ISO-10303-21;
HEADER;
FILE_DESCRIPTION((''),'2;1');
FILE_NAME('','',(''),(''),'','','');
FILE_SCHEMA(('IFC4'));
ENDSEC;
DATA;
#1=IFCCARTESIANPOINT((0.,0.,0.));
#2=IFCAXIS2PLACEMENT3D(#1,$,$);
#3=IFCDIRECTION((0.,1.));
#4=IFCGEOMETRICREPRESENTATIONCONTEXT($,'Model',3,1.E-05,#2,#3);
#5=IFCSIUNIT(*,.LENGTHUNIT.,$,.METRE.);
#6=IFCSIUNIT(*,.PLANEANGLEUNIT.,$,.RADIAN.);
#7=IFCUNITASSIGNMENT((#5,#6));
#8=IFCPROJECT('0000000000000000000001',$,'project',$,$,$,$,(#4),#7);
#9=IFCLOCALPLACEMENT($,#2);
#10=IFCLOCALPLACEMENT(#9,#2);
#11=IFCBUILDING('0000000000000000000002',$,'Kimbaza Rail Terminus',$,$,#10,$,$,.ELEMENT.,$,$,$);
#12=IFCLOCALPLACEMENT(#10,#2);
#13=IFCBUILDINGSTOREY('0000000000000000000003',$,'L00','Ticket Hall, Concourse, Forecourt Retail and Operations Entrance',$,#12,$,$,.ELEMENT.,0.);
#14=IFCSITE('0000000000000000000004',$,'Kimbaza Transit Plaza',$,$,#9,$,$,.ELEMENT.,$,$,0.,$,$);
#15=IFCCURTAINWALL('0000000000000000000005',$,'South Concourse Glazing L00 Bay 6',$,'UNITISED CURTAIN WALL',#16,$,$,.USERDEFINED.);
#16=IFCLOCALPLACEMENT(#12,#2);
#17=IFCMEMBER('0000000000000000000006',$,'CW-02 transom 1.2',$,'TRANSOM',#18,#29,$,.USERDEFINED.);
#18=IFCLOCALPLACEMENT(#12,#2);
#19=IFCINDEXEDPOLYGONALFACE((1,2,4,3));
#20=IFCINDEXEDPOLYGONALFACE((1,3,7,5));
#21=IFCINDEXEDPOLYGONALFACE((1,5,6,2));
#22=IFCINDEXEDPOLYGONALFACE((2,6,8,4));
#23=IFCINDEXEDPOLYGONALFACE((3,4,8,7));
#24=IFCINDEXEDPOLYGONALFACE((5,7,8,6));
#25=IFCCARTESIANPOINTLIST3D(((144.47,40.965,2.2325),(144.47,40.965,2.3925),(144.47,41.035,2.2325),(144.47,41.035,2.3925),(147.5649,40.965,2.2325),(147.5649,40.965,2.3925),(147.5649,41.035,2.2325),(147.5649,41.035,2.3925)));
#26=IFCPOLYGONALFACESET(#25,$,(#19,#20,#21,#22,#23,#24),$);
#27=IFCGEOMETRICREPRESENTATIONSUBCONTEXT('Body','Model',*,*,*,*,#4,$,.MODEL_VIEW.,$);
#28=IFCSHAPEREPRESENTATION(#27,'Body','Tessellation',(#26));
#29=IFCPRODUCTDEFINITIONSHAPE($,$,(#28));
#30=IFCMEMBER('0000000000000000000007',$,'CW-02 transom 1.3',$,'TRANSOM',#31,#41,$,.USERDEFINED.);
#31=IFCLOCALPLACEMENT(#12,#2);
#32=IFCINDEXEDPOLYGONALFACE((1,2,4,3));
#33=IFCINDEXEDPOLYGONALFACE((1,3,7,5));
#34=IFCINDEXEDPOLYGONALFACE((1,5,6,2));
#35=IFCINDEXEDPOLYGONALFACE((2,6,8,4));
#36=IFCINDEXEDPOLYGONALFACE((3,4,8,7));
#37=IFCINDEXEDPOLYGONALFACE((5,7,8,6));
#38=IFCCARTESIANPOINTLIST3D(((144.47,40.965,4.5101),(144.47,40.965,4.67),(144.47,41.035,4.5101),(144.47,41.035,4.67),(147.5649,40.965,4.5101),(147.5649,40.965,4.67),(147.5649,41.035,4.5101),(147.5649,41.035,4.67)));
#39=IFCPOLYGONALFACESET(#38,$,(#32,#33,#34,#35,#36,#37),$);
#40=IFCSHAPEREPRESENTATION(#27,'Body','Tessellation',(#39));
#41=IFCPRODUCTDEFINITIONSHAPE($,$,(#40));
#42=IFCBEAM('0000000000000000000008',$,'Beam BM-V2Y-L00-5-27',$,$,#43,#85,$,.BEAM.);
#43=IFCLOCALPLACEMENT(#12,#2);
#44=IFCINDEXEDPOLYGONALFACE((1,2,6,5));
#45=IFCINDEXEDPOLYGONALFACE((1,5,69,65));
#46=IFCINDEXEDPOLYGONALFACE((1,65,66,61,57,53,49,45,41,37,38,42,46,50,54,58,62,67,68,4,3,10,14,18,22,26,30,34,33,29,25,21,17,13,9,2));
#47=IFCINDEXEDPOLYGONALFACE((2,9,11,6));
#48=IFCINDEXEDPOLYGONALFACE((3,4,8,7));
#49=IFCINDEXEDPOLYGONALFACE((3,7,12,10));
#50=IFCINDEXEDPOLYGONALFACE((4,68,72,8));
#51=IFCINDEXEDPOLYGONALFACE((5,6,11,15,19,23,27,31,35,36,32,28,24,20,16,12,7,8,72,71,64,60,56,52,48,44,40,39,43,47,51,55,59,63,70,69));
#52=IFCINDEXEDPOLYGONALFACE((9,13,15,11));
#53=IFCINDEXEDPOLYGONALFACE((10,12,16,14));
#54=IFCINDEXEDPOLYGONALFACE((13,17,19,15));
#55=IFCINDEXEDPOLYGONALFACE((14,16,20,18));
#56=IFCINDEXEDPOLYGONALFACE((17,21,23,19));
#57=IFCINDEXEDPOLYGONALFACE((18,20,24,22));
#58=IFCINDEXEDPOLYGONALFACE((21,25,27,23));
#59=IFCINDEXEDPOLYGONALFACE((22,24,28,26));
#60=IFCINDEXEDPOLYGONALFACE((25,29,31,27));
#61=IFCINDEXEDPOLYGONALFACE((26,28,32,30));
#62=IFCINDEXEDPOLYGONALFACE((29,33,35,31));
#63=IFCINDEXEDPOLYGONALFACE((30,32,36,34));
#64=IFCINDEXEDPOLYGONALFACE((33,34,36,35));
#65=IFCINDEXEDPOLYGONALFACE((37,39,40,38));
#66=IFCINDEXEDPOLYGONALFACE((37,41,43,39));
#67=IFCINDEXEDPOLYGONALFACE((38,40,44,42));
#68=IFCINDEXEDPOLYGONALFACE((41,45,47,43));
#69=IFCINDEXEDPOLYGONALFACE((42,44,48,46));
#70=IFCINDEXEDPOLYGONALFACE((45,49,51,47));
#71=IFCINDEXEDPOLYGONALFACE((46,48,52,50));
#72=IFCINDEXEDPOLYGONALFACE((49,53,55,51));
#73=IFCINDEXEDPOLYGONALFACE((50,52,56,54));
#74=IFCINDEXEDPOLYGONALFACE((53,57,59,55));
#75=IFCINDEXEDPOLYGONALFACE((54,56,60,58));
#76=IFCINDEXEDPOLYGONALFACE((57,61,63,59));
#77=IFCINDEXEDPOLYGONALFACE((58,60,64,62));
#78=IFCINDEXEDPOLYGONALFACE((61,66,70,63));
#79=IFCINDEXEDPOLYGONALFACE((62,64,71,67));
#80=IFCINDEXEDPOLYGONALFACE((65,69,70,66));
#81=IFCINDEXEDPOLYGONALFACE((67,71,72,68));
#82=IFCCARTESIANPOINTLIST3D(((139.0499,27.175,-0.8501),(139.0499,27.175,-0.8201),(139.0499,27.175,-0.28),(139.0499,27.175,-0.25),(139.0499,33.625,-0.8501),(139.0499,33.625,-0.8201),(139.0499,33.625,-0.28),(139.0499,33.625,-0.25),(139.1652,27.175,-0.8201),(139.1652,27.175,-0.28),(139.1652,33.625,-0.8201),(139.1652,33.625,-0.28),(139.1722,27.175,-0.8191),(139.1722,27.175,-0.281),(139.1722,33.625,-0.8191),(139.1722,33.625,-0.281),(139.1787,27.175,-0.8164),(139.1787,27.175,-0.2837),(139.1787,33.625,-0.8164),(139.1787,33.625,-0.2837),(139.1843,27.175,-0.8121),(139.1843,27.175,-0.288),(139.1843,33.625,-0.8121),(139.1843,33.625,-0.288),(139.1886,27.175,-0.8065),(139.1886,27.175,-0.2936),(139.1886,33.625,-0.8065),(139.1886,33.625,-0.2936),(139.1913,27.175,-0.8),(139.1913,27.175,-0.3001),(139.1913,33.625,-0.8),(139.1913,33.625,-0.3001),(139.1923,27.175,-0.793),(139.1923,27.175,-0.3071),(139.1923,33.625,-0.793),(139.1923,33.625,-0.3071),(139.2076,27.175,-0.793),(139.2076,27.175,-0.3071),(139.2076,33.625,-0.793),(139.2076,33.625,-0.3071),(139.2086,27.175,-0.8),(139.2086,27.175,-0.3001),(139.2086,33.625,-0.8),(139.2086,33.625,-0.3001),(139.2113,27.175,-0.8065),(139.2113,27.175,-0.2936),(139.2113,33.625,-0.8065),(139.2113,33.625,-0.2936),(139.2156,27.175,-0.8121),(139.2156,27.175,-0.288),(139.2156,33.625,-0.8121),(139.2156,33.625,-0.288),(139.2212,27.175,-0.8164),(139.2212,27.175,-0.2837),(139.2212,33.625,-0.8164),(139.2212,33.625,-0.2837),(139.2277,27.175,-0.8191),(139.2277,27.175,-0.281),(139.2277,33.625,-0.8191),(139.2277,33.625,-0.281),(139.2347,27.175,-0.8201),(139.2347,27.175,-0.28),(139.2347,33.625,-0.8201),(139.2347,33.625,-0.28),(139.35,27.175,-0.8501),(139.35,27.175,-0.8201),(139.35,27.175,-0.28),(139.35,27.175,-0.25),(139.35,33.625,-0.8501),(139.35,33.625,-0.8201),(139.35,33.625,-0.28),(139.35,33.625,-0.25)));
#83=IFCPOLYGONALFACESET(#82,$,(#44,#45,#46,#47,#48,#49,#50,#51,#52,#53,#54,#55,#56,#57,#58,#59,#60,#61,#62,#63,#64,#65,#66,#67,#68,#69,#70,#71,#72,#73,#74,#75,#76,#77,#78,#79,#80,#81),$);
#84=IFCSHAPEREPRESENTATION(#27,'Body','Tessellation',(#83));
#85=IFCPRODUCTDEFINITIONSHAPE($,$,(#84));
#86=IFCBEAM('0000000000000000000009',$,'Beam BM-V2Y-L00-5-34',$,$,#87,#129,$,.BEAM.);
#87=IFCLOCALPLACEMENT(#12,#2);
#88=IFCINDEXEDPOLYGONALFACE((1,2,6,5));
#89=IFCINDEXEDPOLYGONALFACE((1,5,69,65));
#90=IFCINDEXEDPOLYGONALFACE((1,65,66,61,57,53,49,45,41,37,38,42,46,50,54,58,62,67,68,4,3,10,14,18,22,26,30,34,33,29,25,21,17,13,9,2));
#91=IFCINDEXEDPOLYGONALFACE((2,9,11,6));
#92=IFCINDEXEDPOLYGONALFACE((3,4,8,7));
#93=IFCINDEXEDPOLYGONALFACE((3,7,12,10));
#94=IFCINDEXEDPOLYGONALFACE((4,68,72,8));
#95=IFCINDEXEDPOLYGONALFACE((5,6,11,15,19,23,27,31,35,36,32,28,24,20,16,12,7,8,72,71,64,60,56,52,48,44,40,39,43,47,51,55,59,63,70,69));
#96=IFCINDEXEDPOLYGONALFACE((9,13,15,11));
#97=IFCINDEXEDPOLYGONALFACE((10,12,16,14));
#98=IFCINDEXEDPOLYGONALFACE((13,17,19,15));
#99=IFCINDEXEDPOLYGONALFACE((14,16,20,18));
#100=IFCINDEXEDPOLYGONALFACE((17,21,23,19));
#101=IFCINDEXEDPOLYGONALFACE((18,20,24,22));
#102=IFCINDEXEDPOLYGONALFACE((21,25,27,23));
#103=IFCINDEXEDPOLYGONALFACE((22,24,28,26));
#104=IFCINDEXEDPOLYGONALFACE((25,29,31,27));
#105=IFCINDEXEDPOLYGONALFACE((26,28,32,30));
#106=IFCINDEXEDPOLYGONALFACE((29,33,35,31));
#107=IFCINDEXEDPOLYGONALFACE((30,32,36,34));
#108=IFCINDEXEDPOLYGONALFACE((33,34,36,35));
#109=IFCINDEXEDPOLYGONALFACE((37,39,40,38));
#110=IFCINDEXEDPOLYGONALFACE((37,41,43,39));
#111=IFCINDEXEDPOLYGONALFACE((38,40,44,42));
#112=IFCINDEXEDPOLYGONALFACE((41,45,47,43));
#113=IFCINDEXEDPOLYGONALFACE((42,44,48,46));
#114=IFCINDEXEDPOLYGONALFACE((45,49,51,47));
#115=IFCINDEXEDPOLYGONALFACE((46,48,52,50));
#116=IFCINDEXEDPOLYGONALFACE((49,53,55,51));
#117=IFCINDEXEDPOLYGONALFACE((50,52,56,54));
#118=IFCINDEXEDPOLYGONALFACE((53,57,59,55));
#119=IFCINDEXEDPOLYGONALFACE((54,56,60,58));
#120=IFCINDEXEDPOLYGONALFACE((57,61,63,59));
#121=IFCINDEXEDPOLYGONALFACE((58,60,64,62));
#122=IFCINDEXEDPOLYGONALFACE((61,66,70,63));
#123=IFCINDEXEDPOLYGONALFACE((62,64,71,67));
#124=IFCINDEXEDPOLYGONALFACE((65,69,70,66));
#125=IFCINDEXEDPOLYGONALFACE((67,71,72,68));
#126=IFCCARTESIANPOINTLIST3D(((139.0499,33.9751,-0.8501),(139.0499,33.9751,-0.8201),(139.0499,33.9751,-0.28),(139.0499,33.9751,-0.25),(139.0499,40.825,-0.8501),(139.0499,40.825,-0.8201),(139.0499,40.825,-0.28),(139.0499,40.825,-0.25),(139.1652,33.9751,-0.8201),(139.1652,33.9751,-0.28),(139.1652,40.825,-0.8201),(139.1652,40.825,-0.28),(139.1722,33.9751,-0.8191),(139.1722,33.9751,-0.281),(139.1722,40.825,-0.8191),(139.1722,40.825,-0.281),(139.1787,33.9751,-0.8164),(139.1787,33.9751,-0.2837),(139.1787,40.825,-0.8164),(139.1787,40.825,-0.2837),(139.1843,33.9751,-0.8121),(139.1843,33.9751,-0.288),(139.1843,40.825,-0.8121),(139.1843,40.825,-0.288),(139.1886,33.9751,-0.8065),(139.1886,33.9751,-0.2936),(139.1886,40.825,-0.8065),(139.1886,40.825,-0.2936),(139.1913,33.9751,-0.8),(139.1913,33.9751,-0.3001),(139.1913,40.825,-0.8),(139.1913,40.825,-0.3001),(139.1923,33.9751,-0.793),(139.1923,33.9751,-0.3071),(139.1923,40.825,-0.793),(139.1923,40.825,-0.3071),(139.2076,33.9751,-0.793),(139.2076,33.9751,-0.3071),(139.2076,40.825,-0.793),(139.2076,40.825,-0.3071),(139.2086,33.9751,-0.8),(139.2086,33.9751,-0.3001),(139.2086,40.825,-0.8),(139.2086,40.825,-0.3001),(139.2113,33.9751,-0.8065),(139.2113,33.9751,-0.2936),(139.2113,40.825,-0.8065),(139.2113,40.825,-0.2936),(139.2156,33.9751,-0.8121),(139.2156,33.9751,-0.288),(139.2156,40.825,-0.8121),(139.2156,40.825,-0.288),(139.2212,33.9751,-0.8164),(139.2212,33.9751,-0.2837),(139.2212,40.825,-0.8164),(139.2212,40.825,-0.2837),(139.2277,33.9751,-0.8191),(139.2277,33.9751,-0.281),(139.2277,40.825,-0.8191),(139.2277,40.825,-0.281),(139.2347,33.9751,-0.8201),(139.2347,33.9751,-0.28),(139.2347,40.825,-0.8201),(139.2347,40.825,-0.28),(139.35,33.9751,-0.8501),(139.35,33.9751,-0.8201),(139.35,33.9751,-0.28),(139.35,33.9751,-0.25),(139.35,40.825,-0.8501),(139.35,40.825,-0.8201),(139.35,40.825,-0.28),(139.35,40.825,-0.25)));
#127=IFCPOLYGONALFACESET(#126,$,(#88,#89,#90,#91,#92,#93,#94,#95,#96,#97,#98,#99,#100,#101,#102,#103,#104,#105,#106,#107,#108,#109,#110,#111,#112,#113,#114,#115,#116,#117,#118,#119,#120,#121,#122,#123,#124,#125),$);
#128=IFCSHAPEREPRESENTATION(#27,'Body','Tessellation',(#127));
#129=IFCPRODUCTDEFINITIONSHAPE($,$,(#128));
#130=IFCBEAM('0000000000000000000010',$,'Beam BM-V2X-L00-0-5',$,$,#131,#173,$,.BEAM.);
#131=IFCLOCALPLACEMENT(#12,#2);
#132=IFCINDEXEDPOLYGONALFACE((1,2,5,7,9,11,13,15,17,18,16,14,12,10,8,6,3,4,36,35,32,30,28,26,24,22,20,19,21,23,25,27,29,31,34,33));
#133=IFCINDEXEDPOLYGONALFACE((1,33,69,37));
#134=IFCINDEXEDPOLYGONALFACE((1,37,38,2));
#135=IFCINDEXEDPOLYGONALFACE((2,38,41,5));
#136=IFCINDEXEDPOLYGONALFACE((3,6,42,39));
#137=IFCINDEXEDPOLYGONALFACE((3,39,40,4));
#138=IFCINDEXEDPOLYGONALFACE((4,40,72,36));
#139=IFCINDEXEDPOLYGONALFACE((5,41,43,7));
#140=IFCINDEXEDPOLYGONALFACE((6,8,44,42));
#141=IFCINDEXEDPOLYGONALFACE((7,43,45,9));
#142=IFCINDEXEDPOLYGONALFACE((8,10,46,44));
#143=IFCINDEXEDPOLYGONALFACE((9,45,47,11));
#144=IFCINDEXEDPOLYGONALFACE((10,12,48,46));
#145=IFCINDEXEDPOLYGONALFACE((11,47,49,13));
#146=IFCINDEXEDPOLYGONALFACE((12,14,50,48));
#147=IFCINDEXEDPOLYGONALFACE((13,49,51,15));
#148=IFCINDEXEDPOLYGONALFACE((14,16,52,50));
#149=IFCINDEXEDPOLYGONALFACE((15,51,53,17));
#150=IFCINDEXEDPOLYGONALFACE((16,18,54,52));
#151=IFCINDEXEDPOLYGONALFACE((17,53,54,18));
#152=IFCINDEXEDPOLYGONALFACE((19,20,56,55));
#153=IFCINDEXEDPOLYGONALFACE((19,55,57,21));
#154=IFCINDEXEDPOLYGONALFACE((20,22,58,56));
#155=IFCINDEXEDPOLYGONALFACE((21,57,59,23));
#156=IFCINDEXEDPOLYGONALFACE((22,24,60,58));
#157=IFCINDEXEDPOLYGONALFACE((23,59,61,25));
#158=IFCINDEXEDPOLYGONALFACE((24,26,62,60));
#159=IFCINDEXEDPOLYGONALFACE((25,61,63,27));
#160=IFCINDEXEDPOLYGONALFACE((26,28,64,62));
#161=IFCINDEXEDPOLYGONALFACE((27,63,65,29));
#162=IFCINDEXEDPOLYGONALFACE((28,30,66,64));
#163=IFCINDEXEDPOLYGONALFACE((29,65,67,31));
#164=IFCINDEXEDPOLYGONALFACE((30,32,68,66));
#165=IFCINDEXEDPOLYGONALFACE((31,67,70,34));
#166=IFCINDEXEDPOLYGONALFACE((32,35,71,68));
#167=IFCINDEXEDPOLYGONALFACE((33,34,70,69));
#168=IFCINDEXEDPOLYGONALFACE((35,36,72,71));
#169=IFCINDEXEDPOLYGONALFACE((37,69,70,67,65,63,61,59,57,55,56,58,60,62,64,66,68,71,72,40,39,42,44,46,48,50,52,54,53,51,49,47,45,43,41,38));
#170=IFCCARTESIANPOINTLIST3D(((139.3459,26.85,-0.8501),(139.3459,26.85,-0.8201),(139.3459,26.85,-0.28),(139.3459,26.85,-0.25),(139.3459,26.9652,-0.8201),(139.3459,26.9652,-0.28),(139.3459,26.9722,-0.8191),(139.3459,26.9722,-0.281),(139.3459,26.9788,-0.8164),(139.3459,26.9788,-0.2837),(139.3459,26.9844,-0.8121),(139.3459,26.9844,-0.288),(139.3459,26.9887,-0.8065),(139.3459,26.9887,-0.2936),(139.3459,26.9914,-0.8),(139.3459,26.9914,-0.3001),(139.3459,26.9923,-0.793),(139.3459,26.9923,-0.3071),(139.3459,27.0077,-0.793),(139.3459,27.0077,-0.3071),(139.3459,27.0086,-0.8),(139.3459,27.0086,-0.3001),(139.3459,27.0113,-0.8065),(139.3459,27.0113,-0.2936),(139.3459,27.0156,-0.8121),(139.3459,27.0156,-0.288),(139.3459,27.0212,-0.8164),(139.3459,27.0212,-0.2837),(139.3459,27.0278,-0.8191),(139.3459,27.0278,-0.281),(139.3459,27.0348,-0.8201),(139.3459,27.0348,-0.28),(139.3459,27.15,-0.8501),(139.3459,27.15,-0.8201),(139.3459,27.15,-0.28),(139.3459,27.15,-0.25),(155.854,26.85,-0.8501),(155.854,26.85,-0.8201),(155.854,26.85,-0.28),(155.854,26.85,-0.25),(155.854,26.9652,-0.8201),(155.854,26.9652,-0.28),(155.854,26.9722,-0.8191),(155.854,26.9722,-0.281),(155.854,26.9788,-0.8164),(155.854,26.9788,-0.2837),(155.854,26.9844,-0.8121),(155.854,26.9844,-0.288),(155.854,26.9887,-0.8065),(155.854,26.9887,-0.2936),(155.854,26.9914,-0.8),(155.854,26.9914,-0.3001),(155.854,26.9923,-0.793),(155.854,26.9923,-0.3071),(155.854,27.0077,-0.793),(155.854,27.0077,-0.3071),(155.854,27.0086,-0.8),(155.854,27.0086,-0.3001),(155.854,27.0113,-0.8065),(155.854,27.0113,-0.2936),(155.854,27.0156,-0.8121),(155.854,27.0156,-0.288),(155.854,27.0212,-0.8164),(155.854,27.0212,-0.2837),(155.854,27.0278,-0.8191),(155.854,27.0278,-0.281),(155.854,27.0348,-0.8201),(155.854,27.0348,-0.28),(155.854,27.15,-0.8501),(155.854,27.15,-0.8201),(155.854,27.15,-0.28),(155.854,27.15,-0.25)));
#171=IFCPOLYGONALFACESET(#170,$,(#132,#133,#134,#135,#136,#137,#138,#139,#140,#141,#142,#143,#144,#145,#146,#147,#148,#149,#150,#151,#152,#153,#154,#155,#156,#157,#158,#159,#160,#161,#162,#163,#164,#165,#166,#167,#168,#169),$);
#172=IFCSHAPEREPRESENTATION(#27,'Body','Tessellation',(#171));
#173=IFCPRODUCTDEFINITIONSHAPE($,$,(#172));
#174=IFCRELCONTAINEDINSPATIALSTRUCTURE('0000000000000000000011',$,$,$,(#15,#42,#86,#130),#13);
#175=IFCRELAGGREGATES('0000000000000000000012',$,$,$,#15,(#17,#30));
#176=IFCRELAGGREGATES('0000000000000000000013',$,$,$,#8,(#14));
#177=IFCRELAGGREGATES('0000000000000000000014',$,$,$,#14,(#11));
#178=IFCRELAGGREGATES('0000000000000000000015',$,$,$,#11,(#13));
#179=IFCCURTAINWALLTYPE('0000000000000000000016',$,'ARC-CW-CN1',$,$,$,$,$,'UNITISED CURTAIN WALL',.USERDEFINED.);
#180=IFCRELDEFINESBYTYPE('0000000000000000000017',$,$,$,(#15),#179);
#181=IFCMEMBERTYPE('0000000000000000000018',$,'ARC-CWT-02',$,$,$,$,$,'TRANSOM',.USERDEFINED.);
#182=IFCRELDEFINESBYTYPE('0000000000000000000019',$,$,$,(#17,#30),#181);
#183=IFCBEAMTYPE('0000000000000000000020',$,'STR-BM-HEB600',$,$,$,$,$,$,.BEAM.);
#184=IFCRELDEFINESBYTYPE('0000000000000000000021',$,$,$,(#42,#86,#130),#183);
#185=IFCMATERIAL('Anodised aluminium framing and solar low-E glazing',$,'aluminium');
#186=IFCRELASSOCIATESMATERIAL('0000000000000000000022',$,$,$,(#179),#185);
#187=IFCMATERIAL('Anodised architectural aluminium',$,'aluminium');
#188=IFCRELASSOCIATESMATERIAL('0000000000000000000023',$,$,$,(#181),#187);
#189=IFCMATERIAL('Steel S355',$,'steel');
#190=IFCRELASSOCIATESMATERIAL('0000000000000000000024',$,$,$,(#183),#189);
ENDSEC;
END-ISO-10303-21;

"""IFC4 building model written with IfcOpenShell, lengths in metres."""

from ifc_helpers import new_model, si_unit, direction, frame, origin, origin_2d, place, context, subcontext, project, spatial, rectangle, i_section, extrude, material, material_profile, profile_set, type_object, element, aggregate, save


model = new_model("IFC4")

# Units and contexts
model_context = context("Model", 3, precision=1e-05, world=origin(), true_north=direction((0.0, 1.0)))
body_context = subcontext(model_context, "Body", "Model", "MODEL_VIEW")
ifc_project = project(units=[si_unit("LENGTHUNIT", "METRE"), si_unit("PLANEANGLEUNIT", "RADIAN")], contexts=[model_context])

# Site, building, storey
site_placement = place(None, origin())
site = spatial("IfcSite", under=ifc_project, at=site_placement, Name="Kimbaza Transit Plaza", CompositionType="ELEMENT", RefElevation=0.0)
building_placement = place(site_placement, origin())
building = spatial("IfcBuilding", under=site, at=building_placement, Name="Kimbaza Rail Terminus", CompositionType="ELEMENT")
storey_placement = place(building_placement, origin())
storey = spatial("IfcBuildingStorey", under=building, at=storey_placement, Name="L00", Description="Ticket Hall, Concourse, Forecourt Retail and Operations Entrance", CompositionType="ELEMENT", Elevation=0.0)

# Shared definitions
ifc_material_1 = material(Name="Anodised aluminium framing and solar low-E glazing", Category="aluminium")
curtain_wall_type = type_object("IfcCurtainWallType", Name="ARC-CW-CN1", ElementType="UNITISED CURTAIN WALL", PredefinedType="USERDEFINED", material=ifc_material_1)

# Curtain wall
curtain_wall_1_placement = place(storey_placement, origin())
curtain_wall_1 = element("IfcCurtainWall", 1, at=curtain_wall_1_placement, inside=storey, type_object=curtain_wall_type, Name="South Concourse Glazing L00 Bay 6", ObjectType="UNITISED CURTAIN WALL", PredefinedType="USERDEFINED")

# Members
ifc_material_2 = material(Name="Anodised architectural aluminium", Category="aluminium")
ifc_material_profile_1 = material_profile(ifc_material_2, rectangle(XDim=0.0701, YDim=0.1599, at=origin_2d()), Name="TRANSOM 70x160")
ifc_profile_set_1 = profile_set([ifc_material_profile_1], Name="Anodised architectural aluminium")
member_type_1 = type_object("IfcMemberType", Name="ARC-CWT-02", ElementType="TRANSOM", PredefinedType="USERDEFINED", material=ifc_profile_set_1)
member_1_placement = place(storey_placement, frame((144.47, 41.0, 2.3125), z_axis=(1.0, 0.0, 0.0), x_axis=(0.0, 1.0, 0.0)))
member_1 = element("IfcMember", 2, at=member_1_placement, type_object=member_type_1, Name="CW-02 transom 1.2", ObjectType="TRANSOM", PredefinedType="USERDEFINED", context=body_context, shape_type="SweptSolid", body=[
    extrude(rectangle(XDim=0.0701, YDim=0.1599, at=origin_2d()), origin(), (0.0, 0.0, 1.0), 3.095),
])
member_2_placement = place(storey_placement, frame((144.47, 41.0, 4.5901), z_axis=(1.0, 0.0, 0.0), x_axis=(0.0, 1.0, 0.0)))
member_2 = element("IfcMember", 3, at=member_2_placement, type_object=member_type_1, Name="CW-02 transom 1.3", ObjectType="TRANSOM", PredefinedType="USERDEFINED", context=body_context, shape_type="SweptSolid", body=[
    extrude(rectangle(XDim=0.0701, YDim=0.1599, at=origin_2d()), origin(), (0.0, 0.0, 1.0), 3.095),
])

# Beams
ifc_material_3 = material(Name="Steel S355", Category="steel")
ifc_material_profile_2 = material_profile(ifc_material_3, i_section(OverallWidth=0.3, OverallDepth=0.6001, WebThickness=0.0154, FlangeThickness=0.03, FilletRadius=0.0271, at=origin_2d()), Name="HEB 600")
ifc_profile_set_2 = profile_set([ifc_material_profile_2], Name="Steel S355")
beam_type_1 = type_object("IfcBeamType", Name="STR-BM-HEB600", PredefinedType="BEAM", material=ifc_profile_set_2)
beam_1_placement = place(storey_placement, frame((139.2, 27.175, -0.55), z_axis=(0.0, 1.0, 0.0), x_axis=(-1.0, 0.0, 0.0)))
element("IfcBeam", 4, at=beam_1_placement, inside=storey, type_object=beam_type_1, Name="Beam BM-V2Y-L00-5-27", PredefinedType="BEAM", context=body_context, shape_type="SweptSolid", body=[
    extrude(i_section(OverallWidth=0.3, OverallDepth=0.6001, WebThickness=0.0154, FlangeThickness=0.03, FilletRadius=0.0271, at=origin_2d()), origin(), (0.0, 0.0, 1.0), 6.45),
])
beam_2_placement = place(storey_placement, frame((139.2, 33.9751, -0.55), z_axis=(0.0, 1.0, 0.0), x_axis=(-1.0, 0.0, 0.0)))
element("IfcBeam", 5, at=beam_2_placement, inside=storey, type_object=beam_type_1, Name="Beam BM-V2Y-L00-5-34", PredefinedType="BEAM", context=body_context, shape_type="SweptSolid", body=[
    extrude(i_section(OverallWidth=0.3, OverallDepth=0.6001, WebThickness=0.0154, FlangeThickness=0.03, FilletRadius=0.0271, at=origin_2d()), origin(), (0.0, 0.0, 1.0), 6.8499),
])
for number, where, z_axis, x_axis, name in (
    (6, (139.3459, 27.0, -0.55), (1.0, 0.0, 0.0), (0.0, 1.0, 0.0), "Beam BM-V2X-L00-0-5"),
):
    element("IfcBeam", number, at=place(storey_placement, frame(where, z_axis=z_axis, x_axis=x_axis)), inside=storey, type_object=beam_type_1, Name=name, PredefinedType="BEAM", context=body_context, shape_type="SweptSolid", body=[
        extrude(i_section(OverallWidth=0.3, OverallDepth=0.6001, WebThickness=0.0154, FlangeThickness=0.03, FilletRadius=0.0271, at=origin_2d()), origin(), (0.0, 0.0, 1.0), 16.5081),
    ])

aggregate(curtain_wall_1, [member_1, member_2])

save(model, "model.ifc")
